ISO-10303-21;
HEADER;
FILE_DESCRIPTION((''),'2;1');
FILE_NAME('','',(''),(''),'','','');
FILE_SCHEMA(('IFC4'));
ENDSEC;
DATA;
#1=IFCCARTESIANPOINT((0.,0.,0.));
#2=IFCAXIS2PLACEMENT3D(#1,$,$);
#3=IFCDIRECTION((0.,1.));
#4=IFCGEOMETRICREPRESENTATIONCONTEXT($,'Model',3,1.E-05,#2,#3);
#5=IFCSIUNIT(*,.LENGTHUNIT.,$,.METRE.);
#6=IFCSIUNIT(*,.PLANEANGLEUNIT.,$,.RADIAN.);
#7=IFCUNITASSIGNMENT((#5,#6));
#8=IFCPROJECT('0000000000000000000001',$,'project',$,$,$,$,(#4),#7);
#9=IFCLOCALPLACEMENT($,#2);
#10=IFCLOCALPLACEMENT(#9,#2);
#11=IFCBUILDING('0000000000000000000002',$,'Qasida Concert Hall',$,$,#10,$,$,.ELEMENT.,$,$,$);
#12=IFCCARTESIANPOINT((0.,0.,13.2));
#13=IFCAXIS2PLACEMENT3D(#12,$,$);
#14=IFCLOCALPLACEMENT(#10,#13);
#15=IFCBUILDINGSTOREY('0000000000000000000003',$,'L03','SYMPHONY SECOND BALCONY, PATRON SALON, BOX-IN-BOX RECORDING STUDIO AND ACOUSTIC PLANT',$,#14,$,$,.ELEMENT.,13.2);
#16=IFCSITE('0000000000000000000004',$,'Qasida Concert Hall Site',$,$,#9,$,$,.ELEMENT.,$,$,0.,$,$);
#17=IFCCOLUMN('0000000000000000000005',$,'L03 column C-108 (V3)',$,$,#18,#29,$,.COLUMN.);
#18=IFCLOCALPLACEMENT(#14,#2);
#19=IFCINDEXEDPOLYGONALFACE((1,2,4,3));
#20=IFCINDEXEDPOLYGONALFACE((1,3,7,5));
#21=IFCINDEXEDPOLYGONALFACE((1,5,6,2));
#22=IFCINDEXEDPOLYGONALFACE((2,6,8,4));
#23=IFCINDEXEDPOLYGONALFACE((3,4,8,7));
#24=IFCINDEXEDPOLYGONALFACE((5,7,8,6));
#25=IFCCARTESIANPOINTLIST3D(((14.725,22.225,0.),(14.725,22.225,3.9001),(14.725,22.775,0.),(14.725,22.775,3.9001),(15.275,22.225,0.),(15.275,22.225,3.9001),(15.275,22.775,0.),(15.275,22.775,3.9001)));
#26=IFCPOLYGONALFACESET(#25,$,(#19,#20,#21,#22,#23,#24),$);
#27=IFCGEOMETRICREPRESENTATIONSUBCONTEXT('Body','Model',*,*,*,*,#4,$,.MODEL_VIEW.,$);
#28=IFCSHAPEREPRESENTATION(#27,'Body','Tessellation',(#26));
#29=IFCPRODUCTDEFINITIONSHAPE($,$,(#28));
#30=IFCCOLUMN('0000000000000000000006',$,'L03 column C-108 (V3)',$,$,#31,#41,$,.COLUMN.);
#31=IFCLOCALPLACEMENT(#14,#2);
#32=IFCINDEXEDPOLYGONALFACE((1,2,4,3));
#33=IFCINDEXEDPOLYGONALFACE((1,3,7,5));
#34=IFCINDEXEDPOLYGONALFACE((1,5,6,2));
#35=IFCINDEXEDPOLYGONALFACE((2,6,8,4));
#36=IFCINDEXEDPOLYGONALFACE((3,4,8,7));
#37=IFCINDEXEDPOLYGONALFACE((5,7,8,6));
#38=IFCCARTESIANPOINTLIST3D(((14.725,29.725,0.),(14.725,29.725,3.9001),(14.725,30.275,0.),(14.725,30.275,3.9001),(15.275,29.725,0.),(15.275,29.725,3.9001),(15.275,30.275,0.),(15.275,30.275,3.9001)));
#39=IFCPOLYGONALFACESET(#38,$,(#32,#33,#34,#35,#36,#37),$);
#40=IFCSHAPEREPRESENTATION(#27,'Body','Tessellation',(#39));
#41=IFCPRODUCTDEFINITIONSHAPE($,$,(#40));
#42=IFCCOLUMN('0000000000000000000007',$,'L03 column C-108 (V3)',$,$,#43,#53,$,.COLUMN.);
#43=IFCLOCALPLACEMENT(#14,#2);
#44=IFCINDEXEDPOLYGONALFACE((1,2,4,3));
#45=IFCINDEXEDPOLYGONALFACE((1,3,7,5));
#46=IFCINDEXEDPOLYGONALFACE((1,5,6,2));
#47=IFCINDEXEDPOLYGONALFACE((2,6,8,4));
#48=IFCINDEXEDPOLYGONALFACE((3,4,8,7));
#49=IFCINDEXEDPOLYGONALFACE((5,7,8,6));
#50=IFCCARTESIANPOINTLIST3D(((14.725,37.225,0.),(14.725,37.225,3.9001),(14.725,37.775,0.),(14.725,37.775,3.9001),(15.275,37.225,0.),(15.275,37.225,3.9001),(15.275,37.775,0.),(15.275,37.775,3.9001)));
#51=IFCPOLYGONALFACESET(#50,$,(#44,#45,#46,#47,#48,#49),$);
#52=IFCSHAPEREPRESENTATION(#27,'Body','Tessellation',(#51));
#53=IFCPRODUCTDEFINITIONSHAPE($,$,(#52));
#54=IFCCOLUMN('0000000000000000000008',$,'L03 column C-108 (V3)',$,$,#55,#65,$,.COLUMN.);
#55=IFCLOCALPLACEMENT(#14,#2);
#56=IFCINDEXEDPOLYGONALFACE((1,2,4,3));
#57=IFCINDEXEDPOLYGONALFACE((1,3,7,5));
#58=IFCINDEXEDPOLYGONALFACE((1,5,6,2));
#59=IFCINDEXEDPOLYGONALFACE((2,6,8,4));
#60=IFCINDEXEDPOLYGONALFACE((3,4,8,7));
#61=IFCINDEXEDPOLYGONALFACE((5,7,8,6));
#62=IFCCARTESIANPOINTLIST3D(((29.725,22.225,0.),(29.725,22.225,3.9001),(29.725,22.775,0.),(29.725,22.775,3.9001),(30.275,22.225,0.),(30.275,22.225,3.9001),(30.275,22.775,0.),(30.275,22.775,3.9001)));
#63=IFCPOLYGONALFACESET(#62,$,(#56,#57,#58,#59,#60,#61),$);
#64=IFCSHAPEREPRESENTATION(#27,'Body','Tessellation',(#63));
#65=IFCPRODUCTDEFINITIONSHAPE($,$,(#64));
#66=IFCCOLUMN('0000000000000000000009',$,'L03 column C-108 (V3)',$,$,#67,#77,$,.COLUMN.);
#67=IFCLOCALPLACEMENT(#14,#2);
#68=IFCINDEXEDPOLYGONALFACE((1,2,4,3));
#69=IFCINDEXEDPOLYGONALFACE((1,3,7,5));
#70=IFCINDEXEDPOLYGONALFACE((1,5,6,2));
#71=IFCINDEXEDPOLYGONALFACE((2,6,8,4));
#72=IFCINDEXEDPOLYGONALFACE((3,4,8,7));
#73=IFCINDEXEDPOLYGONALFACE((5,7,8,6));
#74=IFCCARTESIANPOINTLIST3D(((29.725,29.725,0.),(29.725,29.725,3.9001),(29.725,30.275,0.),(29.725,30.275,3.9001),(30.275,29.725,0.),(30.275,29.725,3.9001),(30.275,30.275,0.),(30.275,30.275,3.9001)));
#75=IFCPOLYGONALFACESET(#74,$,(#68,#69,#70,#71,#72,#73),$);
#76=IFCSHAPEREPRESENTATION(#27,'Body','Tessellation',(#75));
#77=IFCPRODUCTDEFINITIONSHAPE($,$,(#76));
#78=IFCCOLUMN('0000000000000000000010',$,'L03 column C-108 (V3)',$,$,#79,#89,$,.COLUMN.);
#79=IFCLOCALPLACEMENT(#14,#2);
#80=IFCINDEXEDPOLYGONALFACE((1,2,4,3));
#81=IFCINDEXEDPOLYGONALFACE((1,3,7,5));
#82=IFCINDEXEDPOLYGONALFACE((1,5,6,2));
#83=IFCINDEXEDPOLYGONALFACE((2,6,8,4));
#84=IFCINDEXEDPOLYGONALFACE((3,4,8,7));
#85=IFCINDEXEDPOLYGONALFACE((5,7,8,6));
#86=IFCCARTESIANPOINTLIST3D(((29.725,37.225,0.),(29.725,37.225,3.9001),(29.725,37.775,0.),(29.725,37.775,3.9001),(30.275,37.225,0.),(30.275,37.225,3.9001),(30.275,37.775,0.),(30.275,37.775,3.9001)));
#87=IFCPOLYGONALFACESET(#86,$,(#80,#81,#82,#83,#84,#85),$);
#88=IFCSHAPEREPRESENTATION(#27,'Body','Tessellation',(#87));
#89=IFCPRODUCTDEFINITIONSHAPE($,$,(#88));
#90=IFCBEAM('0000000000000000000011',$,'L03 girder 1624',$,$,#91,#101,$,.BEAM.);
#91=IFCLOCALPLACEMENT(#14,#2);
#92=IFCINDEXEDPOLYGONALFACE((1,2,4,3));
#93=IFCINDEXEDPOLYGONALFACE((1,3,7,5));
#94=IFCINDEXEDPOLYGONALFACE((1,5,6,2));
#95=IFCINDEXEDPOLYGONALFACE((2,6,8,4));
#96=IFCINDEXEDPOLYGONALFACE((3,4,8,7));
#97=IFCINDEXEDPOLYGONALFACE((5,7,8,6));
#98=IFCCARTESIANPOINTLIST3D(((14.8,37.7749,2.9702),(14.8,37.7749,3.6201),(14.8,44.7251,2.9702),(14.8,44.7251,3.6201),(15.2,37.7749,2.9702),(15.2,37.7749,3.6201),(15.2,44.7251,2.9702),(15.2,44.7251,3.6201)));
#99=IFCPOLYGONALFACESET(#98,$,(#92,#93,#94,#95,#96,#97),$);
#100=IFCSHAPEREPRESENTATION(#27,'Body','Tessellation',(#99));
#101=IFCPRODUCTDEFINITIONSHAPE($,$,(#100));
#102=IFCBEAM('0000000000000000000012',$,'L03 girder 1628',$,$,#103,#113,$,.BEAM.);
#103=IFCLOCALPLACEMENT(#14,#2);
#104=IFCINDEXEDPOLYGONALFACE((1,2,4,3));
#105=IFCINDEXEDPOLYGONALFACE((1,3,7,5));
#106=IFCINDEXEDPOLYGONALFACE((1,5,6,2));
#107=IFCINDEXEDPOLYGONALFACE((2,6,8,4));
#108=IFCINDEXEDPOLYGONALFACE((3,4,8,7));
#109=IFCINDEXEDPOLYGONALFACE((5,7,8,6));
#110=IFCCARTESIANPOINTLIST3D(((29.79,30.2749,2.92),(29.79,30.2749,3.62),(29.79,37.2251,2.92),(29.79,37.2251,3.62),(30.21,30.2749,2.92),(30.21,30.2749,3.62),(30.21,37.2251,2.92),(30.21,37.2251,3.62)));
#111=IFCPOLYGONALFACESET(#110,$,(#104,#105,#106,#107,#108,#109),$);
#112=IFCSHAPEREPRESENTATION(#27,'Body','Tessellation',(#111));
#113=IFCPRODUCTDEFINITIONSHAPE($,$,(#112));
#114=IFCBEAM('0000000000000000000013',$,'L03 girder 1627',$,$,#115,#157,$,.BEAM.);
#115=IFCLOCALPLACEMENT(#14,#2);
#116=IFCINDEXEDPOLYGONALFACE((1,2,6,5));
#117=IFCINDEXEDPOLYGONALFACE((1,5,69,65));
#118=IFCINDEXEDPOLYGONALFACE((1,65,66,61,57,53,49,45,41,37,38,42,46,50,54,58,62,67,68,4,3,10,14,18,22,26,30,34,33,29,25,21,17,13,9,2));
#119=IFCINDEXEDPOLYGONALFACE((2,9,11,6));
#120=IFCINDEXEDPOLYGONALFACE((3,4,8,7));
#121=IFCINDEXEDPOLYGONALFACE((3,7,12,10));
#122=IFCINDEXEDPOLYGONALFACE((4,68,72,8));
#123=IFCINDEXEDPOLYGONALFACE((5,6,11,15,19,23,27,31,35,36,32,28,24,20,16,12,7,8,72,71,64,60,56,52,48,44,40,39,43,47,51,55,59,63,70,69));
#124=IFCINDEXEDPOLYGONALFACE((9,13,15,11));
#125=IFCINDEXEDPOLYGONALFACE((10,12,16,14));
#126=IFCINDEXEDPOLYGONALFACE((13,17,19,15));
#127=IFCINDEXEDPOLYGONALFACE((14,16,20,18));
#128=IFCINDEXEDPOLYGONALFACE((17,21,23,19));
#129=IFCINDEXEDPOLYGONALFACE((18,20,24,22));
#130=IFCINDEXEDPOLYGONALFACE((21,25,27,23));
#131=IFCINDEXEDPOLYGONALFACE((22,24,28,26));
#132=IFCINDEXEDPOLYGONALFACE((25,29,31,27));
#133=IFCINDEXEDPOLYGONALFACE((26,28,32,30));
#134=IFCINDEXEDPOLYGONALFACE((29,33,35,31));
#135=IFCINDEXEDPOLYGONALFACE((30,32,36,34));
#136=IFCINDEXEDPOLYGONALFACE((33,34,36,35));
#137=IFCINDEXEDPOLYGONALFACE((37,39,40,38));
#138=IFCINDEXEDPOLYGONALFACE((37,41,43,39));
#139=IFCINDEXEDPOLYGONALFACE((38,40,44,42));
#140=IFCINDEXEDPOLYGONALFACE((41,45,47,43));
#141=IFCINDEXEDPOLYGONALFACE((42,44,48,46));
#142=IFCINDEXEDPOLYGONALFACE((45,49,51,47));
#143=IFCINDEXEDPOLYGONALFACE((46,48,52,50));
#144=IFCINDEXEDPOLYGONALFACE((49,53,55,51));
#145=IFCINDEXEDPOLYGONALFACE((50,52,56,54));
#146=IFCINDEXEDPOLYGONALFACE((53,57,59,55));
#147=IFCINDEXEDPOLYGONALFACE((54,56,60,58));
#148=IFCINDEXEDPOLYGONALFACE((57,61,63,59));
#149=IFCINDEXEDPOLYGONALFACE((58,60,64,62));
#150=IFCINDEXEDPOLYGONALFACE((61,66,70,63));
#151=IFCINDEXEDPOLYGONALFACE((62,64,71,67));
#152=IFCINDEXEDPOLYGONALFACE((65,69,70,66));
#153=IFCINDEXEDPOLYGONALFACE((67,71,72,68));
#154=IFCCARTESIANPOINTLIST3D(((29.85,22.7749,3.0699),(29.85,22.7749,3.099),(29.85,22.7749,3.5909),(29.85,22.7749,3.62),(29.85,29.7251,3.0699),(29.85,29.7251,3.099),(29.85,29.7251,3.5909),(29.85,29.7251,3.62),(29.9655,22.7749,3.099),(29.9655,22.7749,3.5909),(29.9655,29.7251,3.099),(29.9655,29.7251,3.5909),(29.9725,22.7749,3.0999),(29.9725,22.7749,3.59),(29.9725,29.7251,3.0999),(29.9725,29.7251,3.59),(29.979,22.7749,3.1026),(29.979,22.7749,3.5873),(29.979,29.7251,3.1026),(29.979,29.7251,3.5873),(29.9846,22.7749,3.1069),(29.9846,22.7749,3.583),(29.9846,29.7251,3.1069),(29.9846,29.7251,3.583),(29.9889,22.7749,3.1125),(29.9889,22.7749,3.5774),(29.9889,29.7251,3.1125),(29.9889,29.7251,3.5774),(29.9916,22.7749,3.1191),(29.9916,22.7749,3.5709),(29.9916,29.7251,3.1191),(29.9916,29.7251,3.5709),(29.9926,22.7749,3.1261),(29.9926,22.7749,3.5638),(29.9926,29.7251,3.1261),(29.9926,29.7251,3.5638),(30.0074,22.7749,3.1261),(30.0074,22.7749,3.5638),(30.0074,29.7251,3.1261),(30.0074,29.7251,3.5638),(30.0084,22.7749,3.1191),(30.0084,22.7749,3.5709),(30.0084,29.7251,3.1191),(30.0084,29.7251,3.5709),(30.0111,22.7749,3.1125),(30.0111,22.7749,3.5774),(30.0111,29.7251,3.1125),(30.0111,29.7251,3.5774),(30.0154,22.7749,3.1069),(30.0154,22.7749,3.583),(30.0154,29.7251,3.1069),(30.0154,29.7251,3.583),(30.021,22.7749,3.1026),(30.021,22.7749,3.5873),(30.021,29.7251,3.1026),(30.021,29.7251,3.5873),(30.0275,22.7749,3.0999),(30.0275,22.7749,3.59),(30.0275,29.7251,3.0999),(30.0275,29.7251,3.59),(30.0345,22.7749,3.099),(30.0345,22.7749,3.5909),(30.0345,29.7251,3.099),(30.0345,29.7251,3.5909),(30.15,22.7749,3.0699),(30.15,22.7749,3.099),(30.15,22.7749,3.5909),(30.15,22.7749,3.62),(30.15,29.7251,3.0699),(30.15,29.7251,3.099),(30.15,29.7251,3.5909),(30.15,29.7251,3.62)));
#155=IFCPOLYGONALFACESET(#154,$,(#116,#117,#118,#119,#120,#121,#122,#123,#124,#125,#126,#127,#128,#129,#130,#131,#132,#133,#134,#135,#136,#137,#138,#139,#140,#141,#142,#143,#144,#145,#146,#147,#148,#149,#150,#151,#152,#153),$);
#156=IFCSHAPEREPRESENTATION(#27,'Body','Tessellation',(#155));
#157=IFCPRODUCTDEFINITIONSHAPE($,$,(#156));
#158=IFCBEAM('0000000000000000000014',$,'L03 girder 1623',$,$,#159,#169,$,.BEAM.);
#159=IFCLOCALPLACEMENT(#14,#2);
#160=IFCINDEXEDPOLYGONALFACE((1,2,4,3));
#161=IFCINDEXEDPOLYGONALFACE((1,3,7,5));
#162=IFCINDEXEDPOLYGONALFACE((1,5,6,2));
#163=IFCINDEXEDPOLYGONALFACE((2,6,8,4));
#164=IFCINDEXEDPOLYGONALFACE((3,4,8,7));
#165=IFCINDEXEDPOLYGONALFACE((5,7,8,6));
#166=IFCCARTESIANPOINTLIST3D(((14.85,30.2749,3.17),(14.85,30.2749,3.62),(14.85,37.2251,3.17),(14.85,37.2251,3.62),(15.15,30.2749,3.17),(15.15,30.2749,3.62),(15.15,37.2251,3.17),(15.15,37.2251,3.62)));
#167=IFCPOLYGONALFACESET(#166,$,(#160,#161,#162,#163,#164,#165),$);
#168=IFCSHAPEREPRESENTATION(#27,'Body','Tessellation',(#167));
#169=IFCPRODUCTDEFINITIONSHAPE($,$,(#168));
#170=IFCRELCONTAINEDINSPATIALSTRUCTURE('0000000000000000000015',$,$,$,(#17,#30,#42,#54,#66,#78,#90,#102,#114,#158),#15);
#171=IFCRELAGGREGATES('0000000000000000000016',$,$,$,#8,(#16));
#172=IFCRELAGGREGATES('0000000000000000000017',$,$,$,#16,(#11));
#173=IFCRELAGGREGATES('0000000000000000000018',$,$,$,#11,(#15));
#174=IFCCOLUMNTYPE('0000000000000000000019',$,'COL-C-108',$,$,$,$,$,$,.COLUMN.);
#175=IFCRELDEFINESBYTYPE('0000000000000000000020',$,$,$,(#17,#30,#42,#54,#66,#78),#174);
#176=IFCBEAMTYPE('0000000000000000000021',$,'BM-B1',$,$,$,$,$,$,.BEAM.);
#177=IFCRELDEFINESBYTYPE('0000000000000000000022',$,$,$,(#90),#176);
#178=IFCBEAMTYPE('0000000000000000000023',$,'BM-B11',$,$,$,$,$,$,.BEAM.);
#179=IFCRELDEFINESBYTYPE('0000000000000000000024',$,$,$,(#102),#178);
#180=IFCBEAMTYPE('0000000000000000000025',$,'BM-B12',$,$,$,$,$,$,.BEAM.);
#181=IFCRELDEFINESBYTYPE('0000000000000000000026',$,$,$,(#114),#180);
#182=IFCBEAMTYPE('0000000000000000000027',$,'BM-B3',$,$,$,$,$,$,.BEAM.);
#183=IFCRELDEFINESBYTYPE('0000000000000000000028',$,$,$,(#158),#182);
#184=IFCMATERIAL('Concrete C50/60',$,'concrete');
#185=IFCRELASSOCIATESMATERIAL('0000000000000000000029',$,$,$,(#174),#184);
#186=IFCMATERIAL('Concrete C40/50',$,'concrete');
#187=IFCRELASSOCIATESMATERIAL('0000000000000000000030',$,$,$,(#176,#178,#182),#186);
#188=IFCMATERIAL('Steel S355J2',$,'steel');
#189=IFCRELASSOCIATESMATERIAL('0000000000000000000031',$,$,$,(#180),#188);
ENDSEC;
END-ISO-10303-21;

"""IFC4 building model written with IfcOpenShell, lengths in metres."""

from ifc_helpers import new_model, si_unit, direction, frame, origin, origin_2d, place, context, subcontext, project, spatial, rectangle, i_section, extrude, material, material_profile, profile_set, type_object, element, save


model = new_model("IFC4")

# Units and contexts
model_context = context("Model", 3, precision=1e-05, world=origin(), true_north=direction((0.0, 1.0)))
body_context = subcontext(model_context, "Body", "Model", "MODEL_VIEW")
ifc_project = project(units=[si_unit("LENGTHUNIT", "METRE"), si_unit("PLANEANGLEUNIT", "RADIAN")], contexts=[model_context])

# Site, building, storey
site_placement = place(None, origin())
site = spatial("IfcSite", under=ifc_project, at=site_placement, Name="Qasida Concert Hall Site", CompositionType="ELEMENT", RefElevation=0.0)
building_placement = place(site_placement, origin())
building = spatial("IfcBuilding", under=site, at=building_placement, Name="Qasida Concert Hall", CompositionType="ELEMENT")
storey_placement = place(building_placement, frame((0.0, 0.0, 13.2)))
storey = spatial("IfcBuildingStorey", under=building, at=storey_placement, Name="L03", Description="SYMPHONY SECOND BALCONY, PATRON SALON, BOX-IN-BOX RECORDING STUDIO AND ACOUSTIC PLANT", CompositionType="ELEMENT", Elevation=13.2)

# Columns
ifc_material_1 = material(Name="Concrete C50/60", Category="concrete")
ifc_material_profile_1 = material_profile(ifc_material_1, rectangle(XDim=0.55, YDim=0.55, at=origin_2d()), Name="RC 550x550")
ifc_profile_set_1 = profile_set([ifc_material_profile_1], Name="Concrete C50/60")
column_type = type_object("IfcColumnType", Name="COL-C-108", PredefinedType="COLUMN", material=ifc_profile_set_1)
for number, where, z_axis, x_axis, name in (
    (1, (15.0, 22.5, 0.0), (0.0, 0.0, 1.0), (1.0, 0.0, 0.0), "L03 column C-108 (V3)"),
    (2, (15.0, 30.0, 0.0), (0.0, 0.0, 1.0), (1.0, 0.0, 0.0), "L03 column C-108 (V3)"),
    (3, (15.0, 37.5, 0.0), (0.0, 0.0, 1.0), (1.0, 0.0, 0.0), "L03 column C-108 (V3)"),
    (4, (30.0, 22.5, 0.0), (0.0, 0.0, 1.0), (1.0, 0.0, 0.0), "L03 column C-108 (V3)"),
    (5, (30.0, 30.0, 0.0), (0.0, 0.0, 1.0), (1.0, 0.0, 0.0), "L03 column C-108 (V3)"),
    (6, (30.0, 37.5, 0.0), (0.0, 0.0, 1.0), (1.0, 0.0, 0.0), "L03 column C-108 (V3)"),
):
    element("IfcColumn", number, at=place(storey_placement, frame(where, z_axis=z_axis, x_axis=x_axis)), inside=storey, type_object=column_type, Name=name, PredefinedType="COLUMN", context=body_context, shape_type="SweptSolid", body=[
        extrude(rectangle(XDim=0.55, YDim=0.55, at=origin_2d()), origin(), (0.0, 0.0, 1.0), 3.9001),
    ])

# Beams
ifc_material_2 = material(Name="Concrete C40/50", Category="concrete")
ifc_material_profile_2 = material_profile(ifc_material_2, rectangle(XDim=0.3999, YDim=0.6499, at=origin_2d()), Name="RC 400x650")
ifc_profile_set_2 = profile_set([ifc_material_profile_2], Name="Concrete C40/50")
beam_type_1 = type_object("IfcBeamType", Name="BM-B1", PredefinedType="BEAM", material=ifc_profile_set_2)
beam_1_placement = place(storey_placement, frame((15.0, 37.7749, 3.2952), z_axis=(0.0, 1.0, 0.0), x_axis=(-1.0, 0.0, 0.0)))
element("IfcBeam", 7, at=beam_1_placement, inside=storey, type_object=beam_type_1, Name="L03 girder 1624", PredefinedType="BEAM", context=body_context, shape_type="SweptSolid", body=[
    extrude(rectangle(XDim=0.3999, YDim=0.6499, at=origin_2d()), origin(), (0.0, 0.0, 1.0), 6.9502),
])
ifc_material_profile_3 = material_profile(ifc_material_2, rectangle(XDim=0.4199, YDim=0.7, at=origin_2d()), Name="RC 420x700")
ifc_profile_set_3 = profile_set([ifc_material_profile_3], Name="Concrete C40/50")
beam_type_2 = type_object("IfcBeamType", Name="BM-B11", PredefinedType="BEAM", material=ifc_profile_set_3)
beam_2_placement = place(storey_placement, frame((30.0, 30.2749, 3.27), z_axis=(0.0, 1.0, 0.0), x_axis=(-1.0, 0.0, 0.0)))
element("IfcBeam", 8, at=beam_2_placement, inside=storey, type_object=beam_type_2, Name="L03 girder 1628", PredefinedType="BEAM", context=body_context, shape_type="SweptSolid", body=[
    extrude(rectangle(XDim=0.4199, YDim=0.7, at=origin_2d()), origin(), (0.0, 0.0, 1.0), 6.9502),
])
ifc_material_3 = material(Name="Steel S355J2", Category="steel")
ifc_material_profile_4 = material_profile(ifc_material_3, i_section(OverallWidth=0.3, OverallDepth=0.55, WebThickness=0.0149, FlangeThickness=0.0291, FilletRadius=0.0271, at=origin_2d()), Name="HEB 550")
ifc_profile_set_4 = profile_set([ifc_material_profile_4], Name="Steel S355J2")
beam_type_3 = type_object("IfcBeamType", Name="BM-B12", PredefinedType="BEAM", material=ifc_profile_set_4)
beam_3_placement = place(storey_placement, frame((30.0, 22.7749, 3.345), z_axis=(0.0, 1.0, 0.0), x_axis=(-1.0, 0.0, 0.0)))
element("IfcBeam", 9, at=beam_3_placement, inside=storey, type_object=beam_type_3, Name="L03 girder 1627", PredefinedType="BEAM", context=body_context, shape_type="SweptSolid", body=[
    extrude(i_section(OverallWidth=0.3, OverallDepth=0.55, WebThickness=0.0149, FlangeThickness=0.0291, FilletRadius=0.0271, at=origin_2d()), origin(), (0.0, 0.0, 1.0), 6.9502),
])
ifc_material_profile_5 = material_profile(ifc_material_2, rectangle(XDim=0.3, YDim=0.45, at=origin_2d()), Name="RC 300x450")
ifc_profile_set_5 = profile_set([ifc_material_profile_5], Name="Concrete C40/50")
beam_type_4 = type_object("IfcBeamType", Name="BM-B3", PredefinedType="BEAM", material=ifc_profile_set_5)
beam_4_placement = place(storey_placement, frame((15.0, 30.2749, 3.395), z_axis=(0.0, 1.0, 0.0), x_axis=(-1.0, 0.0, 0.0)))
element("IfcBeam", 10, at=beam_4_placement, inside=storey, type_object=beam_type_4, Name="L03 girder 1623", PredefinedType="BEAM", context=body_context, shape_type="SweptSolid", body=[
    extrude(rectangle(XDim=0.3, YDim=0.45, at=origin_2d()), origin(), (0.0, 0.0, 1.0), 6.9502),
])

save(model, "model.ifc")
